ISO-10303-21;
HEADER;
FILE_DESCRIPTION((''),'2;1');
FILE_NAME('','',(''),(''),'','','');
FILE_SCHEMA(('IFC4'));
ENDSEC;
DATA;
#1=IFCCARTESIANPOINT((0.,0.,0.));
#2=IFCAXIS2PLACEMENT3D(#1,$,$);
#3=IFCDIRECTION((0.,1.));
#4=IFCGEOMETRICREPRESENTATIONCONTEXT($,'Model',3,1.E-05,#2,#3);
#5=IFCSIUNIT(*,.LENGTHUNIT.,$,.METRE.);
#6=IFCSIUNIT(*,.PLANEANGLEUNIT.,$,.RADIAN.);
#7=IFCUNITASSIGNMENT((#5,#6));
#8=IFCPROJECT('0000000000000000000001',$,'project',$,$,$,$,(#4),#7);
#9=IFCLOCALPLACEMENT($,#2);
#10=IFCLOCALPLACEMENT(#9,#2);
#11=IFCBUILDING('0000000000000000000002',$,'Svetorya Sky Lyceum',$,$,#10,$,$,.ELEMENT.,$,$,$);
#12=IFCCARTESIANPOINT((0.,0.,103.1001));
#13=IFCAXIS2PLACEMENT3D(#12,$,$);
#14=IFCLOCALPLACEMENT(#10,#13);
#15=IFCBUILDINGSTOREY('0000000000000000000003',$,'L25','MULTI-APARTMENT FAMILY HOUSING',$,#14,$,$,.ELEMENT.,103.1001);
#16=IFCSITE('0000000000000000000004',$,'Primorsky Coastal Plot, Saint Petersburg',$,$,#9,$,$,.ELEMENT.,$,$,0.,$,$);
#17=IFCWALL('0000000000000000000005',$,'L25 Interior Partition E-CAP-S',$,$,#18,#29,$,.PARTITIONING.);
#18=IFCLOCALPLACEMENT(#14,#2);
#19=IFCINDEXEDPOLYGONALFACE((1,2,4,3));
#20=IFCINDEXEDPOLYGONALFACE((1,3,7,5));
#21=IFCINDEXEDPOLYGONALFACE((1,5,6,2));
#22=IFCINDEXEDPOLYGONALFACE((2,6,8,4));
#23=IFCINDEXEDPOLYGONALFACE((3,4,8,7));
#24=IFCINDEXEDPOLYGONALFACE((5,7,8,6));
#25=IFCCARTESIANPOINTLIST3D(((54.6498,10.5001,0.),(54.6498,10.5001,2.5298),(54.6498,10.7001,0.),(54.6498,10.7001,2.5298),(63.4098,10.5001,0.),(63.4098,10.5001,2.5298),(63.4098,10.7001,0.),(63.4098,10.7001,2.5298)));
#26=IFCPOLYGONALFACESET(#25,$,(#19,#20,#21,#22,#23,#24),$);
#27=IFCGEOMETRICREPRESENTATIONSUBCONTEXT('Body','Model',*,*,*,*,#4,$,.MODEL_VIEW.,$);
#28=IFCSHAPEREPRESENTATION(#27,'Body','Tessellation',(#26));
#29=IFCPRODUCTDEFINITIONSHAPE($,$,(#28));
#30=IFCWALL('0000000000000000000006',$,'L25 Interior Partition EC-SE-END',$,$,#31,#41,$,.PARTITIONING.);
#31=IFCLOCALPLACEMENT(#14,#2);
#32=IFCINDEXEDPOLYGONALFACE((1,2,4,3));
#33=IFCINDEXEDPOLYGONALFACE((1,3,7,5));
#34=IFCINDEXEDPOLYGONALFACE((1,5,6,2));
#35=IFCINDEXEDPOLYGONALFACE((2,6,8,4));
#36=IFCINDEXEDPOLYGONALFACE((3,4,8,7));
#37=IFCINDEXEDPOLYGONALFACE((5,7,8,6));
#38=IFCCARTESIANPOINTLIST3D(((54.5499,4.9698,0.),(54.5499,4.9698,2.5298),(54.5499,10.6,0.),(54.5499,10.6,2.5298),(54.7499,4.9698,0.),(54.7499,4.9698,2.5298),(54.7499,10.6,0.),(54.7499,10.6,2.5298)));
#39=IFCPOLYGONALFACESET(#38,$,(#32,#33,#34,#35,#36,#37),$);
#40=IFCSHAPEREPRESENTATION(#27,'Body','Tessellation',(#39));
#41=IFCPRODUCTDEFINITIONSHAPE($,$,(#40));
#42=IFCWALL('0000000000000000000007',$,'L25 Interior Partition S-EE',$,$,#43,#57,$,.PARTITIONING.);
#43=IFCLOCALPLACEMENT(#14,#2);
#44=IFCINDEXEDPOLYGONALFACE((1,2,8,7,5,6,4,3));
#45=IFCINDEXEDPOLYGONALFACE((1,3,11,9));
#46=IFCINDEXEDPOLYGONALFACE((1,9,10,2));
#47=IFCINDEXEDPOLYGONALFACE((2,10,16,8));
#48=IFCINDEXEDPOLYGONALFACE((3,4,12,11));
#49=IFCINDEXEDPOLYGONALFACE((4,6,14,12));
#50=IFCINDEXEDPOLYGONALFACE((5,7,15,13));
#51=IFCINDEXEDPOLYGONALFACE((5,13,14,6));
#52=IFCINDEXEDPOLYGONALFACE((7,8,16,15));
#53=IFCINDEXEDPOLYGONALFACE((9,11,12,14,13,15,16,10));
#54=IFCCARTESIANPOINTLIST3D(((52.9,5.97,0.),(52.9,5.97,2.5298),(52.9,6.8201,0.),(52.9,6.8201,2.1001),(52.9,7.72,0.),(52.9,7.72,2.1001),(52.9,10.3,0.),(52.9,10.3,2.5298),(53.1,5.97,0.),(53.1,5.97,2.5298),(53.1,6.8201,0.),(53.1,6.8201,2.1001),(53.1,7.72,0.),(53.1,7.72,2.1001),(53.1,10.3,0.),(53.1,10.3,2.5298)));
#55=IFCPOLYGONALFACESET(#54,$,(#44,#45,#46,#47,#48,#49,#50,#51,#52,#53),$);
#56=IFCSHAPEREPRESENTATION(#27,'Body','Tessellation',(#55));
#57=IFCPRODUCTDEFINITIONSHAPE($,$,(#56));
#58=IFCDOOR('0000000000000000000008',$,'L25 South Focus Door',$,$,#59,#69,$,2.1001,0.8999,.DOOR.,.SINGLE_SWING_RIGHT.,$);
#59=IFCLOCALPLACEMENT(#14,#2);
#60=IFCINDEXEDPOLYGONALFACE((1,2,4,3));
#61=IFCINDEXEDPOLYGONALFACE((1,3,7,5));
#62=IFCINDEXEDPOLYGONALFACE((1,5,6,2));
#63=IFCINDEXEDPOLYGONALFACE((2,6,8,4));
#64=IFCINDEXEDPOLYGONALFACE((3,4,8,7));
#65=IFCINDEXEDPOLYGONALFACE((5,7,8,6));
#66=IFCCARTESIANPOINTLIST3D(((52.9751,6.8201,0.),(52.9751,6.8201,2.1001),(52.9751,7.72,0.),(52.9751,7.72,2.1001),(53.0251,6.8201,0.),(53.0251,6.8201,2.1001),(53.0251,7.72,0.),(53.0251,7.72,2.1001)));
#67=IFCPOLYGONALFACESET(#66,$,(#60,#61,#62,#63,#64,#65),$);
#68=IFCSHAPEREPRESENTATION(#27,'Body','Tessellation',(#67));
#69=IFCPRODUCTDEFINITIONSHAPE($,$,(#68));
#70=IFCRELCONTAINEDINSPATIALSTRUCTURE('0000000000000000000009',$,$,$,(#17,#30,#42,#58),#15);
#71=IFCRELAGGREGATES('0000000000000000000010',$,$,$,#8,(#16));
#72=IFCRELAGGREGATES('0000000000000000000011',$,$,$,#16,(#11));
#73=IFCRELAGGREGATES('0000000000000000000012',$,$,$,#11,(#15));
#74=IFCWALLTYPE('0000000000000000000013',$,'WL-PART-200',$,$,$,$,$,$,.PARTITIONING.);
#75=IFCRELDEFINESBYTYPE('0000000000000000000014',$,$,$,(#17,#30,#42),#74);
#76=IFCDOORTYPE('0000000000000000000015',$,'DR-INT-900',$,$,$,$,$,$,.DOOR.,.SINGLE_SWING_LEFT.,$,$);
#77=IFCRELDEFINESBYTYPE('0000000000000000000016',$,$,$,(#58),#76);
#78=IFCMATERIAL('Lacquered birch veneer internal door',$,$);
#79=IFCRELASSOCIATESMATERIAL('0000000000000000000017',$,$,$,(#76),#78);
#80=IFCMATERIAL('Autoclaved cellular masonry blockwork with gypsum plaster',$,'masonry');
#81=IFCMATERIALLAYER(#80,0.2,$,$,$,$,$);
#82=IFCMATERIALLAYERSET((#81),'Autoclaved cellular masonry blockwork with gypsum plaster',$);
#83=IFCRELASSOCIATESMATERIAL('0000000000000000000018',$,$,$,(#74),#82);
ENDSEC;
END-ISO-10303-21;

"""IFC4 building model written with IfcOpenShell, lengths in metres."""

from ifc_helpers import new_model, si_unit, direction, frame, frame_2d, origin, place, context, subcontext, project, spatial, rectangle, extrude, material, layer, layer_set, type_object, element, fill, save


model = new_model("IFC4")

# Units and contexts
model_context = context("Model", 3, precision=1e-05, world=origin(), true_north=direction((0.0, 1.0)))
body_context = subcontext(model_context, "Body", "Model", "MODEL_VIEW")
ifc_project = project(units=[si_unit("LENGTHUNIT", "METRE"), si_unit("PLANEANGLEUNIT", "RADIAN")], contexts=[model_context])

# Site, building, storey
site_placement = place(None, origin())
site = spatial("IfcSite", under=ifc_project, at=site_placement, Name="Primorsky Coastal Plot, Saint Petersburg", CompositionType="ELEMENT", RefElevation=0.0)
building_placement = place(site_placement, origin())
building = spatial("IfcBuilding", under=site, at=building_placement, Name="Svetorya Sky Lyceum", CompositionType="ELEMENT")
storey_placement = place(building_placement, frame((0.0, 0.0, 103.1001)))
storey = spatial("IfcBuildingStorey", under=building, at=storey_placement, Name="L25", Description="MULTI-APARTMENT FAMILY HOUSING", CompositionType="ELEMENT", Elevation=103.1001)

# Shared definitions
ifc_material_1 = material(Name="Lacquered birch veneer internal door")
door_type_1 = type_object("IfcDoorType", Name="DR-INT-900", OperationType="SINGLE_SWING_LEFT", PredefinedType="DOOR", material=ifc_material_1)
ifc_material_2 = material(Name="Autoclaved cellular masonry blockwork with gypsum plaster", Category="masonry")
ifc_layer_1 = layer(ifc_material_2, 0.2)
ifc_layer_set_1 = layer_set([ifc_layer_1], Name="Autoclaved cellular masonry blockwork with gypsum plaster")
wall_type_1 = type_object("IfcWallType", Name="WL-PART-200", PredefinedType="PARTITIONING", material=ifc_layer_set_1)

# Walls
wall_1_placement = place(storey_placement, frame((54.6499, 10.6001, 0.0), z_axis=(0.0, 0.0, 1.0), x_axis=(1.0, 0.0, 0.0)))
element("IfcWall", 1, at=wall_1_placement, inside=storey, type_object=wall_type_1, Name="L25 Interior Partition E-CAP-S", PredefinedType="PARTITIONING", context=body_context, shape_type="SweptSolid", body=[
    extrude(rectangle(XDim=8.76, YDim=0.2, at=frame_2d((4.3799, 0.0))), origin(), (0.0, 0.0, 1.0), 2.5298),
])
wall_2_placement = place(storey_placement, frame((54.6499, 4.97, 0.0), z_axis=(0.0, 0.0, 1.0), x_axis=(0.0, 1.0, 0.0)))
element("IfcWall", 2, at=wall_2_placement, inside=storey, type_object=wall_type_1, Name="L25 Interior Partition EC-SE-END", PredefinedType="PARTITIONING", context=body_context, shape_type="SweptSolid", body=[
    extrude(rectangle(XDim=5.6301, YDim=0.2, at=frame_2d((2.8149, 0.0))), origin(), (0.0, 0.0, 1.0), 2.5298),
])

# Wall, opening, door
wall_3_placement = place(storey_placement, frame((53.0, 5.97, 0.0), z_axis=(0.0, 0.0, 1.0), x_axis=(0.0, 1.0, 0.0)))
wall_3 = element("IfcWall", 3, at=wall_3_placement, inside=storey, type_object=wall_type_1, Name="L25 Interior Partition S-EE", PredefinedType="PARTITIONING", context=body_context, shape_type="SweptSolid", body=[
    extrude(rectangle(XDim=4.3301, YDim=0.2, at=frame_2d((2.165, 0.0))), origin(), (0.0, 0.0, 1.0), 2.5298),
])
opening_1_placement = place(wall_3_placement, frame((0.8501, 0.0, 0.0)))
opening_1 = element("IfcOpeningElement", 4, at=opening_1_placement, cuts=wall_3, PredefinedType="OPENING", context=body_context, shape_type="SweptSolid", body=[
    extrude(rectangle(XDim=0.8999, YDim=2.1001, at=frame_2d((0.45, 1.05))), frame((0.0, 0.1099, 0.0), z_axis=(0.0, -1.0, 0.0), x_axis=(1.0, 0.0, 0.0)), (0.0, 0.0, 1.0), 0.22),
])
door_1_placement = place(opening_1_placement, origin())
door_1 = element("IfcDoor", 5, at=door_1_placement, inside=storey, type_object=door_type_1, Name="L25 South Focus Door", OperationType="SINGLE_SWING_RIGHT", OverallHeight=2.1001, OverallWidth=0.8999, PredefinedType="DOOR", context=body_context, shape_type="SweptSolid", body=[
    extrude(rectangle(XDim=0.8999, YDim=2.1001, at=frame_2d((0.45, 1.05))), frame((0.0, 0.0249, 0.0), z_axis=(0.0, -1.0, 0.0), x_axis=(1.0, 0.0, 0.0)), (0.0, 0.0, 1.0), 0.05),
])
fill(opening_1, door_1)

save(model, "model.ifc")
